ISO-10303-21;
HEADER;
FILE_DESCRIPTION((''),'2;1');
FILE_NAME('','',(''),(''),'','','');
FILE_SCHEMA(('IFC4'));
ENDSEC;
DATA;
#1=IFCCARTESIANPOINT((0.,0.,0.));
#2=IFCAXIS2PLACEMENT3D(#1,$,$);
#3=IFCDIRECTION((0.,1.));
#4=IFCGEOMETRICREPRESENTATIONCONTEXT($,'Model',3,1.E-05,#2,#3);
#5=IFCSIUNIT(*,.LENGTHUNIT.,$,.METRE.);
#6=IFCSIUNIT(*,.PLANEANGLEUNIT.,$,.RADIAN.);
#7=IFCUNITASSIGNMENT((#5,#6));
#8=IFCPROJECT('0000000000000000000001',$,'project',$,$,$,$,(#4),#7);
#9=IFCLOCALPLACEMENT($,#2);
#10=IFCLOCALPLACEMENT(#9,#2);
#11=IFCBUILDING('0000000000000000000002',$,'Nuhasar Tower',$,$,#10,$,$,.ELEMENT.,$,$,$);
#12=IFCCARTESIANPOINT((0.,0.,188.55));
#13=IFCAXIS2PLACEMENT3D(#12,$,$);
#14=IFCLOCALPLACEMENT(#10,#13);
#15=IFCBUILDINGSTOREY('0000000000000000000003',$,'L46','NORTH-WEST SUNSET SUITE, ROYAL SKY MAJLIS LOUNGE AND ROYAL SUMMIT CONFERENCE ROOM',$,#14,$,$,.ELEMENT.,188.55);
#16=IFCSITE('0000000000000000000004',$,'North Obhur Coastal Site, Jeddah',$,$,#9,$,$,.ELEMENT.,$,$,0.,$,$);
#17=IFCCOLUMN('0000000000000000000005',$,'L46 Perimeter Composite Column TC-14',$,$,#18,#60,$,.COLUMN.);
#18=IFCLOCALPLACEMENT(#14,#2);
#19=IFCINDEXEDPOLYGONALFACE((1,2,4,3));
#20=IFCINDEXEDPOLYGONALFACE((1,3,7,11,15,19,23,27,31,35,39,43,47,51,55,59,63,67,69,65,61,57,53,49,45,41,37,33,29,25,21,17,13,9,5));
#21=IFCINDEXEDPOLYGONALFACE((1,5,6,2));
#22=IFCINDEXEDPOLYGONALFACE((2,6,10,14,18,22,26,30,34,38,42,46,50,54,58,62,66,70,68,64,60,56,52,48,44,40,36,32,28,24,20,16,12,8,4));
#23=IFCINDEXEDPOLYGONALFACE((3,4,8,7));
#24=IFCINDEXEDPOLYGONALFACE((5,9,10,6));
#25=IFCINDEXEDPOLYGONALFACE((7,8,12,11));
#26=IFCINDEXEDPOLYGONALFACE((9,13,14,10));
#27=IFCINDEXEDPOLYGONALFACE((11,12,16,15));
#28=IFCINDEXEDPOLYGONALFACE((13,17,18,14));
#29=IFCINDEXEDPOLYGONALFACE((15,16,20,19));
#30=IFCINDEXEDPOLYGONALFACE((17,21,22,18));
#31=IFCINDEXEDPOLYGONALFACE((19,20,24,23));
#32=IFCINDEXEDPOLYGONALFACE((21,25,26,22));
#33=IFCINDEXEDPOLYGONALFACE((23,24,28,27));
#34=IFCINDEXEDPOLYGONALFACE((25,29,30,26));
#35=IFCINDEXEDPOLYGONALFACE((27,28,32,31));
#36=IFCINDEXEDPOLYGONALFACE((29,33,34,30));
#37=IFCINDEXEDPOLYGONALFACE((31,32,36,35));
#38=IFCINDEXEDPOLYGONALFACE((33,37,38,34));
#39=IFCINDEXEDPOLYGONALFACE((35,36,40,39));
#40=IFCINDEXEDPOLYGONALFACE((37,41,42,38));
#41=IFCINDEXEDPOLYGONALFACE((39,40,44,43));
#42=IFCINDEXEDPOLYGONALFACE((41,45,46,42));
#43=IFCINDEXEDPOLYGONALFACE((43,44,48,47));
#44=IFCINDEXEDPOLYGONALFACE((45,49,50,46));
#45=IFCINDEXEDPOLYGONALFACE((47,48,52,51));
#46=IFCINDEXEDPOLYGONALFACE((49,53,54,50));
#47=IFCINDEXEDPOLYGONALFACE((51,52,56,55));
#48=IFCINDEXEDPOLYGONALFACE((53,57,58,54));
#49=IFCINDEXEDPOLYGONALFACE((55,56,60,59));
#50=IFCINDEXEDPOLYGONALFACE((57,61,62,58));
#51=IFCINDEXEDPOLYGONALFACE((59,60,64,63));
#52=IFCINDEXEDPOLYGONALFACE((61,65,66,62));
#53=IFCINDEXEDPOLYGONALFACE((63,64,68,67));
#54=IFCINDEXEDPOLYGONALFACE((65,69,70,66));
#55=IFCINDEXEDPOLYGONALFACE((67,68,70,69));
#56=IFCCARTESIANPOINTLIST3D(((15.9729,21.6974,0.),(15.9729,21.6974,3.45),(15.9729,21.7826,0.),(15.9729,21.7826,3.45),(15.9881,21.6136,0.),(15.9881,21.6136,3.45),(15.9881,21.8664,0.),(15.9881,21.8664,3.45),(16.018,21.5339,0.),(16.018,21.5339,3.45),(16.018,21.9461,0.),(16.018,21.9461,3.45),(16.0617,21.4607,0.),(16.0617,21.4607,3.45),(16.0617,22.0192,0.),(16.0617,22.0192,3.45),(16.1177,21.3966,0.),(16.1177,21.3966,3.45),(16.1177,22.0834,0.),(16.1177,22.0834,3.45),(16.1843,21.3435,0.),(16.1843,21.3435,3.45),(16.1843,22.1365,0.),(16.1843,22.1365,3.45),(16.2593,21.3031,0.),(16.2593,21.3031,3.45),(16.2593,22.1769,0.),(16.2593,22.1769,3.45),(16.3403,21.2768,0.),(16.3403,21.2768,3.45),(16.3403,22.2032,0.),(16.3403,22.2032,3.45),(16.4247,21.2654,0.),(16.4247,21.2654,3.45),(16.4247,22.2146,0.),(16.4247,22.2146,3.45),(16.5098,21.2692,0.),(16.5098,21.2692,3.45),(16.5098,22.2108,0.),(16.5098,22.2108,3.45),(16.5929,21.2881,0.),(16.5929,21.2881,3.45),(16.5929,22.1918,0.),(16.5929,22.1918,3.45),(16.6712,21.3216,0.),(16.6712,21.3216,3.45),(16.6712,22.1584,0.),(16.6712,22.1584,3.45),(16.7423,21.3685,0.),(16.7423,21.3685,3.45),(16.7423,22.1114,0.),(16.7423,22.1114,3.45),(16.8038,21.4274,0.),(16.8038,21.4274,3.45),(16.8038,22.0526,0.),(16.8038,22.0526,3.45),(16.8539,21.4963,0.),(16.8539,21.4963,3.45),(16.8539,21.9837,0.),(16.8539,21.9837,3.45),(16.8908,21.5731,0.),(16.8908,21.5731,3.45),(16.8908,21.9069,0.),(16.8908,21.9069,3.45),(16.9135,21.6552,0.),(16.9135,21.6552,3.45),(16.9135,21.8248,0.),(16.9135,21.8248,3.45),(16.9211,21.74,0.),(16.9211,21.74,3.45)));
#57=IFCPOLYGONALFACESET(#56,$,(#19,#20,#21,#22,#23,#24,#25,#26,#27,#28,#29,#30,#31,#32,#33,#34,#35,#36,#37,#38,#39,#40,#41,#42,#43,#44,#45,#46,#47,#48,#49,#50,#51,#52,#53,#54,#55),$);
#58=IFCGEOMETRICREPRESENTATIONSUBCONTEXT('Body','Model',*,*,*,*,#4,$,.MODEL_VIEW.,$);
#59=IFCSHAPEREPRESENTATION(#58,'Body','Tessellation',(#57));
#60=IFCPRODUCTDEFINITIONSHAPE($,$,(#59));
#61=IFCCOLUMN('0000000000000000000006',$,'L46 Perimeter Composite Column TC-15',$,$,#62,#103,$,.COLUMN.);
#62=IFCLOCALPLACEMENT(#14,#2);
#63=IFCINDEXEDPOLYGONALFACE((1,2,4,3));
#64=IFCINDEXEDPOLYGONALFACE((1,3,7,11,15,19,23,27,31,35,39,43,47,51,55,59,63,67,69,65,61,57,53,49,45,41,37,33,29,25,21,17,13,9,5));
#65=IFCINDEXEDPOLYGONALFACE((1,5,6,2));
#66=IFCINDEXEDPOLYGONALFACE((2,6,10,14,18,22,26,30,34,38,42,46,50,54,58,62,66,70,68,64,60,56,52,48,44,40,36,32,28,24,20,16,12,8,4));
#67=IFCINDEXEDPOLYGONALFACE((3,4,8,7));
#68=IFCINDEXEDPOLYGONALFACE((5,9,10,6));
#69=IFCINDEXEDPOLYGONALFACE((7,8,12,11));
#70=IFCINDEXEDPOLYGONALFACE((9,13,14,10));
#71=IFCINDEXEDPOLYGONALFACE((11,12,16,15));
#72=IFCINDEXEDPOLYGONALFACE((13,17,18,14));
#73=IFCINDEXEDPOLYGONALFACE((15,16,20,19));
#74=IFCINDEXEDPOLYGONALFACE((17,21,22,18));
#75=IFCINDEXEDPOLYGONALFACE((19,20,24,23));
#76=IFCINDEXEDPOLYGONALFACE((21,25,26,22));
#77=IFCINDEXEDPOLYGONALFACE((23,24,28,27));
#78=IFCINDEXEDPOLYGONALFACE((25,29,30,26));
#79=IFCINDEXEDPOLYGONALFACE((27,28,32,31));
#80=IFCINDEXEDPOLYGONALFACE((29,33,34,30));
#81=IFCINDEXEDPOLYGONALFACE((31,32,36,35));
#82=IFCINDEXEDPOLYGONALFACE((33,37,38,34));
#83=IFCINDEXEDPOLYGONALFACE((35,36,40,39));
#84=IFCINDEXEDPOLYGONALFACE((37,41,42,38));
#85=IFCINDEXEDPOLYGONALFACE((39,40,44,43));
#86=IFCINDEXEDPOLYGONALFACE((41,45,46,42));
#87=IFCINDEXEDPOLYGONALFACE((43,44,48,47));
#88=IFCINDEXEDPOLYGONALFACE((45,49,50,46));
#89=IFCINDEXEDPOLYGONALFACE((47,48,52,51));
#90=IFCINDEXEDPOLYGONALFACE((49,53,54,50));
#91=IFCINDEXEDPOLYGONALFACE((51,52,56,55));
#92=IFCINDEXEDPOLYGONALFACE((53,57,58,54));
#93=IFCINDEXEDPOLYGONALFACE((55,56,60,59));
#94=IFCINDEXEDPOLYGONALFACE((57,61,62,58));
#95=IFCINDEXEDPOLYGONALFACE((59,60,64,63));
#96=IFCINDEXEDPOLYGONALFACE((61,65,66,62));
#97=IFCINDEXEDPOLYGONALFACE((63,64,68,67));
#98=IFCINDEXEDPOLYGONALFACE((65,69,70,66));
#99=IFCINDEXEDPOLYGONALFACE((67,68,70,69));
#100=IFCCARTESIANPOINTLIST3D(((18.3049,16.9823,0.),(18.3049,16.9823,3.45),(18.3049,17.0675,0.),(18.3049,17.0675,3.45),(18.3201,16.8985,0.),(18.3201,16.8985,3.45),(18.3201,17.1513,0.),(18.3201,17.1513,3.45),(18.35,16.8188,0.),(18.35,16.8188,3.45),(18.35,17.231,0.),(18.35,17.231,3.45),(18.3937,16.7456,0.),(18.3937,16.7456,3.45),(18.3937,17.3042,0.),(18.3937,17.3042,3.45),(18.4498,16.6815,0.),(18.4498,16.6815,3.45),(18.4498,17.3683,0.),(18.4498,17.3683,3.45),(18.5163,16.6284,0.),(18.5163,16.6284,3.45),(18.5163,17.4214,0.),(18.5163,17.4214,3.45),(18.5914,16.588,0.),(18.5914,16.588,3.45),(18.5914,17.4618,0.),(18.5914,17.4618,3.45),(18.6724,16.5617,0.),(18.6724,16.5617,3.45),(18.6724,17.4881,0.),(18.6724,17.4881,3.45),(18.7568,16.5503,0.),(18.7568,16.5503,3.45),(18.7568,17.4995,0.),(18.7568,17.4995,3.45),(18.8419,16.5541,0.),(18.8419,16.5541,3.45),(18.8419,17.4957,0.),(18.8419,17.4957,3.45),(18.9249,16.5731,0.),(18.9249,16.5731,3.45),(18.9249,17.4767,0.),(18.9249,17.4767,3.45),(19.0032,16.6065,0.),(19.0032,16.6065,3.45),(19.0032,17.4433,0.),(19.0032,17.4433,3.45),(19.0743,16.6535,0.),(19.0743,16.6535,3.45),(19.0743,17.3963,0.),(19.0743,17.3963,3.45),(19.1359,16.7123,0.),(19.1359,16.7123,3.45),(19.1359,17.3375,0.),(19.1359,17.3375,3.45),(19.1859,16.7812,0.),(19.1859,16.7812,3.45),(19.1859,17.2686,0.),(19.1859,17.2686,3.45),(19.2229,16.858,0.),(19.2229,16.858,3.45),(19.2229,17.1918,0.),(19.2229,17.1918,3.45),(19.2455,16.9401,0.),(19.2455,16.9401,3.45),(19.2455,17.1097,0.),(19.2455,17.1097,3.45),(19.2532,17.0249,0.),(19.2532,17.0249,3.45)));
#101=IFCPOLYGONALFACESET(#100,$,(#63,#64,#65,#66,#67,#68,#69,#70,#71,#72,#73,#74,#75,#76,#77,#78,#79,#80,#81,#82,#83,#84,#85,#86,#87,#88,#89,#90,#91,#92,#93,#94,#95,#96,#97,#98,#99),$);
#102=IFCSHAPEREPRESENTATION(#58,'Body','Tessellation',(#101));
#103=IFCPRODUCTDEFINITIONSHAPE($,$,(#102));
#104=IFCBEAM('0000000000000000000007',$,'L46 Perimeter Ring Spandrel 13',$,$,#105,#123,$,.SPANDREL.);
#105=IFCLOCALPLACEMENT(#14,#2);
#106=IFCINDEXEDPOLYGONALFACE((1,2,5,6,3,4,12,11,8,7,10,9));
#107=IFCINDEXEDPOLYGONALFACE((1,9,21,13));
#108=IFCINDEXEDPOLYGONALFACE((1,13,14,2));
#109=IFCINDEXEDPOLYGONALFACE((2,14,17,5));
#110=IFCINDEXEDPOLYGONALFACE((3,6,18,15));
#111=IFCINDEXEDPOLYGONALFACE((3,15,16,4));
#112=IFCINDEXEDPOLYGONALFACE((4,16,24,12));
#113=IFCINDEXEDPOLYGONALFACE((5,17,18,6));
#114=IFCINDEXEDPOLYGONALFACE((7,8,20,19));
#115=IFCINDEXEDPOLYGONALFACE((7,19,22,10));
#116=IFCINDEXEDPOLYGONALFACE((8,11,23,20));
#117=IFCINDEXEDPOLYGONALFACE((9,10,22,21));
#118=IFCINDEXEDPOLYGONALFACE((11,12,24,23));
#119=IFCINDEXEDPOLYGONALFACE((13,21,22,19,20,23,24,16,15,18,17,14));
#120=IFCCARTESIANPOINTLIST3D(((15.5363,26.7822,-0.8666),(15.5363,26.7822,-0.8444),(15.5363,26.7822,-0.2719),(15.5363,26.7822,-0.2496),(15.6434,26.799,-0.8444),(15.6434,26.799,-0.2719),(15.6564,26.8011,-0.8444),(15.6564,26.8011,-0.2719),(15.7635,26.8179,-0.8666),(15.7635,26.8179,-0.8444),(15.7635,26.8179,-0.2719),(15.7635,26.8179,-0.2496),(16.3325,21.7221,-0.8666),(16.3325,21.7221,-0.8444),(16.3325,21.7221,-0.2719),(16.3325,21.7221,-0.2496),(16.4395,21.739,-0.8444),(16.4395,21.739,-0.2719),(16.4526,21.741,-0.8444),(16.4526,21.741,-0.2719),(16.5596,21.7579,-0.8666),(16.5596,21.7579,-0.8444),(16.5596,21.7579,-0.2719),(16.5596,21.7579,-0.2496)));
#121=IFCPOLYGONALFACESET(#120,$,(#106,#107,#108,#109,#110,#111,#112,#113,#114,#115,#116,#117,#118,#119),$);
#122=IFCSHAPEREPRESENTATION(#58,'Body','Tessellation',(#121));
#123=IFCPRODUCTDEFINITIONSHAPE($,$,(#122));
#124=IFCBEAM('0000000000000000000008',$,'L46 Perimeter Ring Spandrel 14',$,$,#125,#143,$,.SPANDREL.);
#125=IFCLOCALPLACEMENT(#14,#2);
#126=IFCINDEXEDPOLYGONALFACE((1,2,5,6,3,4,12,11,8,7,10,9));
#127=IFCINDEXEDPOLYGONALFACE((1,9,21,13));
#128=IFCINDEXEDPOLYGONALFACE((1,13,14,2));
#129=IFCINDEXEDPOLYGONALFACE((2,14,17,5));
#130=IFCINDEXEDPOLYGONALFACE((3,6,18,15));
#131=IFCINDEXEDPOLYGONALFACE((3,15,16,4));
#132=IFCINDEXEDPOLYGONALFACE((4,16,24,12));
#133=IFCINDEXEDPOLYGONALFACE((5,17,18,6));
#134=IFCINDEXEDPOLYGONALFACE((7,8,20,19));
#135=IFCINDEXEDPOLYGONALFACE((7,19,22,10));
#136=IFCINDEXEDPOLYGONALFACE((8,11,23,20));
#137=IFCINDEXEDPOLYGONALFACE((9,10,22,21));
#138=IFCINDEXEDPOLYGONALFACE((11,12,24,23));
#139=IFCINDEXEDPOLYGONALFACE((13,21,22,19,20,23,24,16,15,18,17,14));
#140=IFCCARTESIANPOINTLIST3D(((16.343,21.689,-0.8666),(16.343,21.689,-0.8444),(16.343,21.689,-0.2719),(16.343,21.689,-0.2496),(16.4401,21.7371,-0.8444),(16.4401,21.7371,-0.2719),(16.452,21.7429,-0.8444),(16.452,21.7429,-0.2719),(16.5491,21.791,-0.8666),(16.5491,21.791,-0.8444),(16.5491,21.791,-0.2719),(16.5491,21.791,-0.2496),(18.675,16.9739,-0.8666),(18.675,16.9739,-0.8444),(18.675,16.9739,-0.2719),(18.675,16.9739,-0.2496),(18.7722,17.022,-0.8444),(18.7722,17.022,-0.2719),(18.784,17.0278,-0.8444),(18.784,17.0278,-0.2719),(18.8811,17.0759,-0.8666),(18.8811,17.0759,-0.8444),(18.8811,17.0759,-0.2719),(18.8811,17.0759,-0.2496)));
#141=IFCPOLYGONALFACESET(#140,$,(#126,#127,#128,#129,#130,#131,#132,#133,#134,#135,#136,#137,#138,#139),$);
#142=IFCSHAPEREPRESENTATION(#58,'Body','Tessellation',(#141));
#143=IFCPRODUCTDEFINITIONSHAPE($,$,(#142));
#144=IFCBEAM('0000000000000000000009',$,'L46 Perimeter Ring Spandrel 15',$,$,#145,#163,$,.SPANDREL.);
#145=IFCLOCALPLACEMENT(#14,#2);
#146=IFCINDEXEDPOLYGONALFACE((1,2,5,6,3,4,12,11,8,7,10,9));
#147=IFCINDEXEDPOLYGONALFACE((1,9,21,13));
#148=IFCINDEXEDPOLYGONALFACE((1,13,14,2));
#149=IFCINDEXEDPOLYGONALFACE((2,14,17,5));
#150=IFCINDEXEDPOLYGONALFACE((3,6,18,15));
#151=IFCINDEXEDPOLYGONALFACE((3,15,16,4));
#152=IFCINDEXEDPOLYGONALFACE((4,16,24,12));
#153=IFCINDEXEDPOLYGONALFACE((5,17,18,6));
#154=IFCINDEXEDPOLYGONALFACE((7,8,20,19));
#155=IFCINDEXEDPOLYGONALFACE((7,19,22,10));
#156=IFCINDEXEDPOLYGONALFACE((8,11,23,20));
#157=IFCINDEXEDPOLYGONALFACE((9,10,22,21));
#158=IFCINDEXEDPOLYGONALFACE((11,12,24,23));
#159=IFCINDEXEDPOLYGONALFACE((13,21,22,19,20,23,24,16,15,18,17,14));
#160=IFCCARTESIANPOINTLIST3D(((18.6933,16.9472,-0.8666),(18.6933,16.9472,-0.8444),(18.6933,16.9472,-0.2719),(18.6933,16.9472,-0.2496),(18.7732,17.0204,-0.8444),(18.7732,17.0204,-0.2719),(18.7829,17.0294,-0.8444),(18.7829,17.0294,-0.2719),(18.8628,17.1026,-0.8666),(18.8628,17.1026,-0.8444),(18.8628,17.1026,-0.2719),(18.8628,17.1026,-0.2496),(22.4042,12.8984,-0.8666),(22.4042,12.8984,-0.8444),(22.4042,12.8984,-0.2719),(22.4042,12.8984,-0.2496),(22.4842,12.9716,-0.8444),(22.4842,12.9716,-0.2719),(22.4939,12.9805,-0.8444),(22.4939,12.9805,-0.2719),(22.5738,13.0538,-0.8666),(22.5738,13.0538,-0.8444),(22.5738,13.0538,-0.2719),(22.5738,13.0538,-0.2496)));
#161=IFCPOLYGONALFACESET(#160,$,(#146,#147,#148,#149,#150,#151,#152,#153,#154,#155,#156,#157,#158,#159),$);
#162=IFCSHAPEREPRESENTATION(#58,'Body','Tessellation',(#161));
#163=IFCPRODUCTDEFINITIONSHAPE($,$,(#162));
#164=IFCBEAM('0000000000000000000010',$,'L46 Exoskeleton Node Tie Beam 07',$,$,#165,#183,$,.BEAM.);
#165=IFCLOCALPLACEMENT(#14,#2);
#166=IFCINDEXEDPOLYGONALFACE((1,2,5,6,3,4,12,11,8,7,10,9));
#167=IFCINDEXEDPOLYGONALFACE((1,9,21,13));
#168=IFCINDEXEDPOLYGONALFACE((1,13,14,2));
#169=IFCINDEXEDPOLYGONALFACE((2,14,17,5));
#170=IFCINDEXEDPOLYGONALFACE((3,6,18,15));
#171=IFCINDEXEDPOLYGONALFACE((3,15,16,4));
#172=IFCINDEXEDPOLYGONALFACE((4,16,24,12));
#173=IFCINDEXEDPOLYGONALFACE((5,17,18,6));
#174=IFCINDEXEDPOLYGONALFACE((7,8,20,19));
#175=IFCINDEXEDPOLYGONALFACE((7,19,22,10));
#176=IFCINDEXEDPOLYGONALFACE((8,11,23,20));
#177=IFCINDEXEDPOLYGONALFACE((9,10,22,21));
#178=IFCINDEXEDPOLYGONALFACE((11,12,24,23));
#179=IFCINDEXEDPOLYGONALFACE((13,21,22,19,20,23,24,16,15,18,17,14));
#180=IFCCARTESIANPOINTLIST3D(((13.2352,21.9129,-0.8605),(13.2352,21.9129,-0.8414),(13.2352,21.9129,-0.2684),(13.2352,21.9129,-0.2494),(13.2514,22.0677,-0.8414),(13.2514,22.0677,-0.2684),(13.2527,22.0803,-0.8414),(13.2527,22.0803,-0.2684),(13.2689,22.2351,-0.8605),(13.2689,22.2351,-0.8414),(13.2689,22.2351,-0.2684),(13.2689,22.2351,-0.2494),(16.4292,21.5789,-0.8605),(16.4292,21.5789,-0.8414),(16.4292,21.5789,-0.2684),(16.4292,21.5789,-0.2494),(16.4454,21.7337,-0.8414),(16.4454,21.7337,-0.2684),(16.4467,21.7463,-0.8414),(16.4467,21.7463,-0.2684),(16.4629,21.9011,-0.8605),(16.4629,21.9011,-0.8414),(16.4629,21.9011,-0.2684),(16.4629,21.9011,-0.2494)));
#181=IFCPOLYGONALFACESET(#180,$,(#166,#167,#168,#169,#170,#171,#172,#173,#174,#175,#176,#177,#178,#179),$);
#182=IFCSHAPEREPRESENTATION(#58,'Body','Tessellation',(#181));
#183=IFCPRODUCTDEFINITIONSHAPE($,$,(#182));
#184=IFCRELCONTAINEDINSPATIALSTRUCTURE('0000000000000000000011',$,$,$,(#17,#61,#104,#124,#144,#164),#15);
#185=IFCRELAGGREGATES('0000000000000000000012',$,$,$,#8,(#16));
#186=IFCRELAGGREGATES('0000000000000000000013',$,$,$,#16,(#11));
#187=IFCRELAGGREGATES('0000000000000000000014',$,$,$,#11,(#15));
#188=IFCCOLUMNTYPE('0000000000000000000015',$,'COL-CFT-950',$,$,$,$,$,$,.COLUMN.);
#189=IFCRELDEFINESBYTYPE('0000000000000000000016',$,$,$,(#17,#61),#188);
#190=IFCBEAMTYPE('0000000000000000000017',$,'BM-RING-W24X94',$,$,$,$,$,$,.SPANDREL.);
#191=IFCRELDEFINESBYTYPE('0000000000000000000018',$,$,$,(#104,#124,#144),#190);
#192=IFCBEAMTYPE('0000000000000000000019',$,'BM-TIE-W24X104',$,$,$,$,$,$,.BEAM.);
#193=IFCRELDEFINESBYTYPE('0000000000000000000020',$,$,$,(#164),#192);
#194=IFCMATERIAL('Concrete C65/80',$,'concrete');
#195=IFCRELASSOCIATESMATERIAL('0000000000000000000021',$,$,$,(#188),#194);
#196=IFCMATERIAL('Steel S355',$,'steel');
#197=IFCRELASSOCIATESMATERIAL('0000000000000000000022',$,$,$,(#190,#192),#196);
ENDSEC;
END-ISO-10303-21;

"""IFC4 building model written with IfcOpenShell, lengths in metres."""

from ifc_helpers import new_model, si_unit, direction, frame, origin, origin_2d, place, context, subcontext, project, spatial, circle, i_section, extrude, material, material_profile, profile_set, type_object, element, save


model = new_model("IFC4")

# Units and contexts
model_context = context("Model", 3, precision=1e-05, world=origin(), true_north=direction((0.0, 1.0)))
body_context = subcontext(model_context, "Body", "Model", "MODEL_VIEW")
ifc_project = project(units=[si_unit("LENGTHUNIT", "METRE"), si_unit("PLANEANGLEUNIT", "RADIAN")], contexts=[model_context])

# Site, building, storey
site_placement = place(None, origin())
site = spatial("IfcSite", under=ifc_project, at=site_placement, Name="North Obhur Coastal Site, Jeddah", CompositionType="ELEMENT", RefElevation=0.0)
building_placement = place(site_placement, origin())
building = spatial("IfcBuilding", under=site, at=building_placement, Name="Nuhasar Tower", CompositionType="ELEMENT")
storey_placement = place(building_placement, frame((0.0, 0.0, 188.55)))
storey = spatial("IfcBuildingStorey", under=building, at=storey_placement, Name="L46", Description="NORTH-WEST SUNSET SUITE, ROYAL SKY MAJLIS LOUNGE AND ROYAL SUMMIT CONFERENCE ROOM", CompositionType="ELEMENT", Elevation=188.55)

# Columns
ifc_material_1 = material(Name="Concrete C65/80", Category="concrete")
ifc_material_profile_1 = material_profile(ifc_material_1, circle(Radius=0.4751, at=origin_2d()), Name="CFT950")
ifc_profile_set_1 = profile_set([ifc_material_profile_1], Name="Concrete C65/80")
column_type = type_object("IfcColumnType", Name="COL-CFT-950", PredefinedType="COLUMN", material=ifc_profile_set_1)
for number, where, z_axis, x_axis, name in (
    (1, (16.446, 21.74, 0.0), (0.0, 0.0, 1.0), (1.0, 0.0, 0.0), "L46 Perimeter Composite Column TC-14"),
    (2, (18.7781, 17.0249, 0.0), (0.0, 0.0, 1.0), (1.0, 0.0, 0.0), "L46 Perimeter Composite Column TC-15"),
):
    element("IfcColumn", number, at=place(storey_placement, frame(where, z_axis=z_axis, x_axis=x_axis)), inside=storey, type_object=column_type, Name=name, PredefinedType="COLUMN", context=body_context, shape_type="SweptSolid", body=[
        extrude(circle(Radius=0.4751, at=origin_2d()), origin(), (0.0, 0.0, 1.0), 3.45),
    ])

# Beams
ifc_material_2 = material(Name="Steel S355", Category="steel")
ifc_material_profile_2 = material_profile(ifc_material_2, i_section(OverallWidth=0.23, OverallDepth=0.6169, WebThickness=0.0132, FlangeThickness=0.0222, at=origin_2d()), Name="W24X94")
ifc_profile_set_2 = profile_set([ifc_material_profile_2], Name="Steel S355")
beam_type_1 = type_object("IfcBeamType", Name="BM-RING-W24X94", PredefinedType="SPANDREL", material=ifc_profile_set_2)
beam_1_placement = place(storey_placement, frame((15.6499, 26.8, -0.5581), z_axis=(0.155427, -0.987847, 0.0), x_axis=(0.987847, 0.155427, 0.0)))
element("IfcBeam", 3, at=beam_1_placement, inside=storey, type_object=beam_type_1, Name="L46 Perimeter Ring Spandrel 13", PredefinedType="SPANDREL", context=body_context, shape_type="SweptSolid", body=[
    extrude(i_section(OverallWidth=0.23, OverallDepth=0.6169, WebThickness=0.0132, FlangeThickness=0.0222, at=origin_2d()), origin(), (0.0, 0.0, 1.0), 5.1223),
])
beam_2_placement = place(storey_placement, frame((16.446, 21.74, -0.5581), z_axis=(0.443329, -0.896359, 0.0), x_axis=(0.896359, 0.443329, 0.0)))
element("IfcBeam", 4, at=beam_2_placement, inside=storey, type_object=beam_type_1, Name="L46 Perimeter Ring Spandrel 14", PredefinedType="SPANDREL", context=body_context, shape_type="SweptSolid", body=[
    extrude(i_section(OverallWidth=0.23, OverallDepth=0.6169, WebThickness=0.0132, FlangeThickness=0.0222, at=origin_2d()), origin(), (0.0, 0.0, 1.0), 5.2603),
])
beam_3_placement = place(storey_placement, frame((18.7781, 17.0249, -0.5581), z_axis=(0.675676, -0.737198, 0.0), x_axis=(0.737198, 0.675676, 0.0)))
element("IfcBeam", 5, at=beam_3_placement, inside=storey, type_object=beam_type_1, Name="L46 Perimeter Ring Spandrel 15", PredefinedType="SPANDREL", context=body_context, shape_type="SweptSolid", body=[
    extrude(i_section(OverallWidth=0.23, OverallDepth=0.6169, WebThickness=0.0132, FlangeThickness=0.0222, at=origin_2d()), origin(), (0.0, 0.0, 1.0), 5.4922),
])
ifc_material_profile_3 = material_profile(ifc_material_2, i_section(OverallWidth=0.324, OverallDepth=0.6111, WebThickness=0.0127, FlangeThickness=0.019, at=origin_2d()), Name="W24X104")
ifc_profile_set_3 = profile_set([ifc_material_profile_3], Name="Steel S355")
beam_type_2 = type_object("IfcBeamType", Name="BM-TIE-W24X104", PredefinedType="BEAM", material=ifc_profile_set_3)
beam_4_placement = place(storey_placement, frame((16.446, 21.74, -0.5549), z_axis=(-0.994578, 0.103996, 0.0), x_axis=(-0.103996, -0.994578, 0.0)))
element("IfcBeam", 6, at=beam_4_placement, inside=storey, type_object=beam_type_2, Name="L46 Exoskeleton Node Tie Beam 07", PredefinedType="BEAM", context=body_context, shape_type="SweptSolid", body=[
    extrude(i_section(OverallWidth=0.324, OverallDepth=0.6111, WebThickness=0.0127, FlangeThickness=0.019, at=origin_2d()), origin(), (0.0, 0.0, 1.0), 3.2114),
])

save(model, "model.ifc")
